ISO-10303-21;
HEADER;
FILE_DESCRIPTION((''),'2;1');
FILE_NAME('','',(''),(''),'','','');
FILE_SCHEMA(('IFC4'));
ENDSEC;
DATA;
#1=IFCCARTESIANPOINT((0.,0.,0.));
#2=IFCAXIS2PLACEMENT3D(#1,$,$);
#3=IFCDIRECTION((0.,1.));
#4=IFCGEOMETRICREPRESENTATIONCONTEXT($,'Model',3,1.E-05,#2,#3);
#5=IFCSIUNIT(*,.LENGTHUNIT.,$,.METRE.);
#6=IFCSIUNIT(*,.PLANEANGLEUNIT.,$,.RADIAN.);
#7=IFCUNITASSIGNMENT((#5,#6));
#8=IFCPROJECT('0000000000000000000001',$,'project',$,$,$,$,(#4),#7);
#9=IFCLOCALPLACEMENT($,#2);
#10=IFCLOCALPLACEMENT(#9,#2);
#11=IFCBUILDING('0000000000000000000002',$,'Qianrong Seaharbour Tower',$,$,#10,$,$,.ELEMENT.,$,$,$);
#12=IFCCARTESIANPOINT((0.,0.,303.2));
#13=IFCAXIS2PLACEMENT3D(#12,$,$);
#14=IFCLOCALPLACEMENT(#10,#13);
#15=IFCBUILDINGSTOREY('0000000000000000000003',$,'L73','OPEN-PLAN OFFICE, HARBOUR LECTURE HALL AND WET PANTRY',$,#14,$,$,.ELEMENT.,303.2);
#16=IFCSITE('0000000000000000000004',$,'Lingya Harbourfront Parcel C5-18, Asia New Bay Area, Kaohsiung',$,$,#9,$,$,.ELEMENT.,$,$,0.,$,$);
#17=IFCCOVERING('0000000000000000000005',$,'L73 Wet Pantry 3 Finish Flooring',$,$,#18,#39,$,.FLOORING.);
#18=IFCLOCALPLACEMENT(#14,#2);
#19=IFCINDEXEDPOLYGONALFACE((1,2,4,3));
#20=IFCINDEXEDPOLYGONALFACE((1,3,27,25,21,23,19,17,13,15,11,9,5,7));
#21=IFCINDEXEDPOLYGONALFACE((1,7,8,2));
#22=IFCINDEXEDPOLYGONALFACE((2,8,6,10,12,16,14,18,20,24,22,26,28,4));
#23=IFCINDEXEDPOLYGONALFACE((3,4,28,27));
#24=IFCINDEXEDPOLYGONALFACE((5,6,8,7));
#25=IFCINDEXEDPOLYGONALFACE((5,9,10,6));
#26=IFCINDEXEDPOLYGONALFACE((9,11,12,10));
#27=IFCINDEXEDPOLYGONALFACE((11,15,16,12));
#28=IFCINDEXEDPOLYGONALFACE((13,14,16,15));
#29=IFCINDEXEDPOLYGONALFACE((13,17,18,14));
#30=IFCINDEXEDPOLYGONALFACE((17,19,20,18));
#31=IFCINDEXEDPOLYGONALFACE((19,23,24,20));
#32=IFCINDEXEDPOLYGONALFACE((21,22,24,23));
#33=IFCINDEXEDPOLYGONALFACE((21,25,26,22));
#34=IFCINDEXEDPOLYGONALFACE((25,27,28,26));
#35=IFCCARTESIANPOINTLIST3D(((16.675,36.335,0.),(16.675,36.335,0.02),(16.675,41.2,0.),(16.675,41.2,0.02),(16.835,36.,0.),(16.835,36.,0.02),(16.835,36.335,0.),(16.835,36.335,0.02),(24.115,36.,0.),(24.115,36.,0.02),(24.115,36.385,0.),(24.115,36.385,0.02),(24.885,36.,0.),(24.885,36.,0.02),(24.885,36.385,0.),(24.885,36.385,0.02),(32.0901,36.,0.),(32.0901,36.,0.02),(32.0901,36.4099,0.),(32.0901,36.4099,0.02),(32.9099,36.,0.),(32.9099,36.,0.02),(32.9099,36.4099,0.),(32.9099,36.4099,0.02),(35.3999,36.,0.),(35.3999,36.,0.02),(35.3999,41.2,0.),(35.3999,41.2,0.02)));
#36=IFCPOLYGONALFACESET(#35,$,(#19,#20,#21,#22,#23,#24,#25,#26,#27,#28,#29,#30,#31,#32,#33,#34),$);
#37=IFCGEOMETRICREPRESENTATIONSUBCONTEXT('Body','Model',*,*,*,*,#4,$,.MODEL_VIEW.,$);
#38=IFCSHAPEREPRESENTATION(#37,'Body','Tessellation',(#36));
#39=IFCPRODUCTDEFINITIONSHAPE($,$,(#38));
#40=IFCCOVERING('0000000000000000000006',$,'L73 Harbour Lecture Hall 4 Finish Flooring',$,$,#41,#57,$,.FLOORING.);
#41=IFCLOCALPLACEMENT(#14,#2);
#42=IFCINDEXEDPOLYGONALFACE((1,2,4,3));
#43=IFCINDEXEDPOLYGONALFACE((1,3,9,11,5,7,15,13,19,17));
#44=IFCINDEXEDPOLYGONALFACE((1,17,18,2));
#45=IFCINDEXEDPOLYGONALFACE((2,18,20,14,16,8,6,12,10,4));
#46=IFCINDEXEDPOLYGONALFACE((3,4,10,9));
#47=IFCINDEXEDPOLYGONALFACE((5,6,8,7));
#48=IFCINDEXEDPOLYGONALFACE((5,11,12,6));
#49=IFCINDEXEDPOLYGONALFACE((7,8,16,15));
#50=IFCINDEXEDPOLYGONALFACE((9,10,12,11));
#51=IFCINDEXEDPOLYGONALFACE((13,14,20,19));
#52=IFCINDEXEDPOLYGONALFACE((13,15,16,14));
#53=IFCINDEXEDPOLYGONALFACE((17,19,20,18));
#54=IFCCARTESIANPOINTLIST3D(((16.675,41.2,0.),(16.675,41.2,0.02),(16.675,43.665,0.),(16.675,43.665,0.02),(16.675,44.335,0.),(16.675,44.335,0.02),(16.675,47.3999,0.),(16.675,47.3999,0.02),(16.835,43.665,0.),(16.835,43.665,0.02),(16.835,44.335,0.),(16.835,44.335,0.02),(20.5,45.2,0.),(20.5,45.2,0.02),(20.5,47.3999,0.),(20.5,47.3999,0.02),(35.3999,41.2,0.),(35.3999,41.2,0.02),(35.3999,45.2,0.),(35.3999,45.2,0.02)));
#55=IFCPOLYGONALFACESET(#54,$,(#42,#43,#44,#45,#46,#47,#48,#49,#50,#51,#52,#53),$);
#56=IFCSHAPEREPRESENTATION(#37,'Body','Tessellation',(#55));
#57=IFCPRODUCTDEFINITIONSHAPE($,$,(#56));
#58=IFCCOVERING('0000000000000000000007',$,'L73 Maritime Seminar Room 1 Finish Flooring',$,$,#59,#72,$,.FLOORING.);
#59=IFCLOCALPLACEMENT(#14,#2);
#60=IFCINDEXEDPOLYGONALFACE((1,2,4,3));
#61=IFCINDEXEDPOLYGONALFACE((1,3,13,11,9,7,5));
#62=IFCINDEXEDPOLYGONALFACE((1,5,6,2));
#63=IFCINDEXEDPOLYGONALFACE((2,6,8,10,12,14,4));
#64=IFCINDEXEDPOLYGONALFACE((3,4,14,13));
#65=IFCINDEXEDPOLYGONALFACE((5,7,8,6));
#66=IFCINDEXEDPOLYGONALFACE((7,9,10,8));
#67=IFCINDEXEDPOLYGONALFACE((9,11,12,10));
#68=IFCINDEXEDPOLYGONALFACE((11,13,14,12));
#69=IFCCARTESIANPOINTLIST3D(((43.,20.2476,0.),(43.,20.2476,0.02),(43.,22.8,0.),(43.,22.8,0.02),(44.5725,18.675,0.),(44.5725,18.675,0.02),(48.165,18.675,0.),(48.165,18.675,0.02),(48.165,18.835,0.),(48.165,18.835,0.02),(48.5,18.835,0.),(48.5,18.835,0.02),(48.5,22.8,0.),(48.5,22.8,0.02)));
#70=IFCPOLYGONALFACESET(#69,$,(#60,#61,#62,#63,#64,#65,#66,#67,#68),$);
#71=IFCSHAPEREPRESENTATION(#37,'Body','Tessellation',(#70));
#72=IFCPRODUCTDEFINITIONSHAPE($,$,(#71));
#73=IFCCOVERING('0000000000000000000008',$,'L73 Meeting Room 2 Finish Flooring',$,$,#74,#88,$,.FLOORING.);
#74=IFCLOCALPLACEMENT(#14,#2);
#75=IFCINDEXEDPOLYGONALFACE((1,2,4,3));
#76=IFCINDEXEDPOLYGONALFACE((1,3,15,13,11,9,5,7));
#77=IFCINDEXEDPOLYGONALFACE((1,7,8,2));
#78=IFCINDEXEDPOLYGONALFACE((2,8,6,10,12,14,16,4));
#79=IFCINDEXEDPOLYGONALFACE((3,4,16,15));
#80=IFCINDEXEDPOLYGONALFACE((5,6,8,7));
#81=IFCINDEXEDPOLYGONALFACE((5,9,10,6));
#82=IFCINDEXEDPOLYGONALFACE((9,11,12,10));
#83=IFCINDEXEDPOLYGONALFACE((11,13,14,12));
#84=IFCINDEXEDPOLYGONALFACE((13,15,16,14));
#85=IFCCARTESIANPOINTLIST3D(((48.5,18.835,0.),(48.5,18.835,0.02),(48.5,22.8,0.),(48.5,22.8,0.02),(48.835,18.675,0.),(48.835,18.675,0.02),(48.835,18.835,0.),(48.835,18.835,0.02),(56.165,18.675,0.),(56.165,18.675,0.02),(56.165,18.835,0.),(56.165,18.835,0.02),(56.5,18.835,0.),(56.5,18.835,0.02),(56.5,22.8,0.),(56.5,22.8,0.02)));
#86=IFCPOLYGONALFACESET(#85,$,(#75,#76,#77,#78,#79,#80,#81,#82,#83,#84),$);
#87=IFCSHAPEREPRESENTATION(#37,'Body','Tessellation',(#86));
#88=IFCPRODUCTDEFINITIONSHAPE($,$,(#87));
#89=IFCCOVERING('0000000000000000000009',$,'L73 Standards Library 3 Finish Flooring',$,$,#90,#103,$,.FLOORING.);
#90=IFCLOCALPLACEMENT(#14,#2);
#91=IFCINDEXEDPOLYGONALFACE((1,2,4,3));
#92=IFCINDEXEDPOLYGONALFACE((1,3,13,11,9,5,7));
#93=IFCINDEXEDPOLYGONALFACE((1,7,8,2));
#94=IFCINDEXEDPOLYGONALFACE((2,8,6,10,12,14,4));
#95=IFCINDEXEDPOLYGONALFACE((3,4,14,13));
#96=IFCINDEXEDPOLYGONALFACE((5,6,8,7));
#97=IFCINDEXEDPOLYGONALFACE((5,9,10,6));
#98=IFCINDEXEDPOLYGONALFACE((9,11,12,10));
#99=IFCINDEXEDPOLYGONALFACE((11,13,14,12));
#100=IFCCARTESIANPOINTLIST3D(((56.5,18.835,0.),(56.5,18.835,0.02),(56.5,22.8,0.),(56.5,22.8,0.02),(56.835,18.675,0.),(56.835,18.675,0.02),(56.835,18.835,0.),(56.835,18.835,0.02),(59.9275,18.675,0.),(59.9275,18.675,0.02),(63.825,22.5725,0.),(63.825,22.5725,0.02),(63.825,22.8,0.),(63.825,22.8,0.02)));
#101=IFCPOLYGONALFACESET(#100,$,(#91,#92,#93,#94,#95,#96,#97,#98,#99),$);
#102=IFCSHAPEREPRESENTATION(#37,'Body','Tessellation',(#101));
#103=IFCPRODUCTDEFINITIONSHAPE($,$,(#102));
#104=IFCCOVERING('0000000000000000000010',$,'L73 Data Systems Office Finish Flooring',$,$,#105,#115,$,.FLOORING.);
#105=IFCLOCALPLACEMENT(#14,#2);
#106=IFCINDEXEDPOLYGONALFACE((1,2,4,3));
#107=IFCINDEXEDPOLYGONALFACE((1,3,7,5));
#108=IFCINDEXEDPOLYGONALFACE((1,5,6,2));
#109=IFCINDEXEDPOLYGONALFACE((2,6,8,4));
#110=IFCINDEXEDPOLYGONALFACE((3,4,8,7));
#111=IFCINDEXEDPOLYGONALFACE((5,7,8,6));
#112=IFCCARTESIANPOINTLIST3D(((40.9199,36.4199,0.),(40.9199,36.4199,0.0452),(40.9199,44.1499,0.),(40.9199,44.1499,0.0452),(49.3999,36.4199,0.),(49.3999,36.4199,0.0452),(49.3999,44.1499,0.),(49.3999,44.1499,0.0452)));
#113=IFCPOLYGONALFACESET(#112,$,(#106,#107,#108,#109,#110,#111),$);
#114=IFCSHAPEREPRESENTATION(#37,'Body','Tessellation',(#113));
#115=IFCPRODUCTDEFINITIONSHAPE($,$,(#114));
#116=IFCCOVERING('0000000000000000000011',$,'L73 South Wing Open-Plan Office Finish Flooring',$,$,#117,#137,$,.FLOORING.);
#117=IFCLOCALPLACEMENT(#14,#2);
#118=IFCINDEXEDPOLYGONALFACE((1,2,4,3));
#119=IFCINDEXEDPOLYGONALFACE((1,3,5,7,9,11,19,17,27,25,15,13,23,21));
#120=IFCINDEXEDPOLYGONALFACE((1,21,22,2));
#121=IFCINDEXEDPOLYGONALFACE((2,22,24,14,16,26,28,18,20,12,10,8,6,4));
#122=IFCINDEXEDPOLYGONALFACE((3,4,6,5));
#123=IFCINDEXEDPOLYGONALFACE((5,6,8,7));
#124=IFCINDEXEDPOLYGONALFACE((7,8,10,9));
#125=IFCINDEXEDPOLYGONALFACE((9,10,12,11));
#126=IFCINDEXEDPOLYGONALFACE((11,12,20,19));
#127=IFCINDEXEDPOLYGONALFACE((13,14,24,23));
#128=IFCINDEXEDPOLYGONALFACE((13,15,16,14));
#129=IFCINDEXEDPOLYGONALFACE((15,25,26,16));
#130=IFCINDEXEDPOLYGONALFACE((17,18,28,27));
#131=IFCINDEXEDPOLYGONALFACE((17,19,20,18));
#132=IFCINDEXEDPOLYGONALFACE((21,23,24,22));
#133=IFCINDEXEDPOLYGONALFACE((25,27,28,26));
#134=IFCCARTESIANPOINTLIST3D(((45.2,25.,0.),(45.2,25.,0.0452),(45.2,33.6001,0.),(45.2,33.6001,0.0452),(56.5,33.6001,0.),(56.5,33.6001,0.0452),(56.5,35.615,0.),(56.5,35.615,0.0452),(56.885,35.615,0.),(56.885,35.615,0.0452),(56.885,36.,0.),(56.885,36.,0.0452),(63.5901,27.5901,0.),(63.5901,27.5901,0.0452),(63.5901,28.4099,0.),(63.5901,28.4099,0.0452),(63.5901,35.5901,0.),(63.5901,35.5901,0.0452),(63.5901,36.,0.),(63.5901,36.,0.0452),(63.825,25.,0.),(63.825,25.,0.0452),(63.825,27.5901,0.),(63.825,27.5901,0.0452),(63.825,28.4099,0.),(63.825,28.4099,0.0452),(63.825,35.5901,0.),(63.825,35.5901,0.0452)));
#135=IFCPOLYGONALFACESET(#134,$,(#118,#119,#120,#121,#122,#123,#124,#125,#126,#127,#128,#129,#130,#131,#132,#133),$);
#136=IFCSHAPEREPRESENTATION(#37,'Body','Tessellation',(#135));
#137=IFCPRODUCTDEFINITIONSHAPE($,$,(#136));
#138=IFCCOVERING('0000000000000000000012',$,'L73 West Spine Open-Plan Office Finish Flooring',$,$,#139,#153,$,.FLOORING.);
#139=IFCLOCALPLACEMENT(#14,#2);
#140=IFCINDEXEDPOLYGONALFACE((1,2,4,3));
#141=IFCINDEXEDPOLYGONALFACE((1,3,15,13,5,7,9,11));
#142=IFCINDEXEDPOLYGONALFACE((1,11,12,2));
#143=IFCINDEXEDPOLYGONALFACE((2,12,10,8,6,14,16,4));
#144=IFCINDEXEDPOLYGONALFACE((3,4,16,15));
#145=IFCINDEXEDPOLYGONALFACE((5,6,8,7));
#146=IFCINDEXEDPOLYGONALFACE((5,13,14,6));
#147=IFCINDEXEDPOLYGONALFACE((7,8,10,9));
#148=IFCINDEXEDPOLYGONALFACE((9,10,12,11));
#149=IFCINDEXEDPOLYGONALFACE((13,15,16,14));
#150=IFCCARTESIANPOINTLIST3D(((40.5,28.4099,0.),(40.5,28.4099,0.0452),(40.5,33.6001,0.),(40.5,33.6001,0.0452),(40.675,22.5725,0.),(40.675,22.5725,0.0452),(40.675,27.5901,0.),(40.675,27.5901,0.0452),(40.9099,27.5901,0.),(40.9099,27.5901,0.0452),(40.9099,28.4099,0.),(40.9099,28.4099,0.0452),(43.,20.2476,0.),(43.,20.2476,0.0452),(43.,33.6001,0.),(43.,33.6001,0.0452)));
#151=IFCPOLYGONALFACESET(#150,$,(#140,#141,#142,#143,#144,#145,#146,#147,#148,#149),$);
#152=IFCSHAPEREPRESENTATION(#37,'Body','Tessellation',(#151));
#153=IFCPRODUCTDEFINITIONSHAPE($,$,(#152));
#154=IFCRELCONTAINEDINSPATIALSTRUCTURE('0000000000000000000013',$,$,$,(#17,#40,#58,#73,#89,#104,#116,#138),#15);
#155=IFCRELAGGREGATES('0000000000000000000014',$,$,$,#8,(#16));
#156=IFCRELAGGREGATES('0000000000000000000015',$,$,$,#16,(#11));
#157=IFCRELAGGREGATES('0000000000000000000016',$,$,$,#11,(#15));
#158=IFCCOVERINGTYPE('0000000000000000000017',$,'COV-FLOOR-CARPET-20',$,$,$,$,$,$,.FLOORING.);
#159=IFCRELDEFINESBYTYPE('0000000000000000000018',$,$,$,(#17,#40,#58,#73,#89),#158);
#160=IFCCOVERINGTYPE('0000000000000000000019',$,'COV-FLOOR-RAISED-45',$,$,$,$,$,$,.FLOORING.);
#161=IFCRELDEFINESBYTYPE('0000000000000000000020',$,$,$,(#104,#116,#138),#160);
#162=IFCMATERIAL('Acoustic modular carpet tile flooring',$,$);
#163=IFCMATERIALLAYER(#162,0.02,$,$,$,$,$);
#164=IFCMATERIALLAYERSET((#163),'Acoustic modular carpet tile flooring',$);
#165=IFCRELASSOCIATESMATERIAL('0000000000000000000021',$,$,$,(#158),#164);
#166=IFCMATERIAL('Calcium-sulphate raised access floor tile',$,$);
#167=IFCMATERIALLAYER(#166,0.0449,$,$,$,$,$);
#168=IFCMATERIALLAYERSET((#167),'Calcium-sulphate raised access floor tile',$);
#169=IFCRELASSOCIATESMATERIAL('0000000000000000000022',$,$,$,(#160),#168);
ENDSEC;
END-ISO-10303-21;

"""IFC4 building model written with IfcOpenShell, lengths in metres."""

from ifc_helpers import new_model, si_unit, direction, frame, origin, place, context, subcontext, project, spatial, polyline, outline, extrude, material, layer, layer_set, type_object, element, save


model = new_model("IFC4")

# Units and contexts
model_context = context("Model", 3, precision=1e-05, world=origin(), true_north=direction((0.0, 1.0)))
body_context = subcontext(model_context, "Body", "Model", "MODEL_VIEW")
ifc_project = project(units=[si_unit("LENGTHUNIT", "METRE"), si_unit("PLANEANGLEUNIT", "RADIAN")], contexts=[model_context])

# Site, building, storey
site_placement = place(None, origin())
site = spatial("IfcSite", under=ifc_project, at=site_placement, Name="Lingya Harbourfront Parcel C5-18, Asia New Bay Area, Kaohsiung", CompositionType="ELEMENT", RefElevation=0.0)
building_placement = place(site_placement, origin())
building = spatial("IfcBuilding", under=site, at=building_placement, Name="Qianrong Seaharbour Tower", CompositionType="ELEMENT")
storey_placement = place(building_placement, frame((0.0, 0.0, 303.2)))
storey = spatial("IfcBuildingStorey", under=building, at=storey_placement, Name="L73", Description="OPEN-PLAN OFFICE, HARBOUR LECTURE HALL AND WET PANTRY", CompositionType="ELEMENT", Elevation=303.2)

# Coverings
ifc_material_1 = material(Name="Acoustic modular carpet tile flooring")
ifc_layer_1 = layer(ifc_material_1, 0.02)
ifc_layer_set_1 = layer_set([ifc_layer_1], Name="Acoustic modular carpet tile flooring")
covering_type_1 = type_object("IfcCoveringType", Name="COV-FLOOR-CARPET-20", PredefinedType="FLOORING", material=ifc_layer_set_1)
covering_1_placement = place(storey_placement, origin())
element("IfcCovering", 1, at=covering_1_placement, inside=storey, type_object=covering_type_1, Name="L73 Wet Pantry 3 Finish Flooring", PredefinedType="FLOORING", context=body_context, shape_type="SweptSolid", body=[
    extrude(outline(polyline([(32.9099, 36.0), (32.9099, 36.4099), (32.0901, 36.4099), (32.0901, 36.0), (24.885, 36.0), (24.885, 36.385), (24.115, 36.385), (24.115, 36.0), (16.835, 36.0), (16.835, 36.335), (16.675, 36.335), (16.675, 41.2), (35.3999, 41.2), (35.3999, 36.0), (32.9099, 36.0)])), origin(), (0.0, 0.0, 1.0), 0.02),
])
covering_2_placement = place(storey_placement, origin())
element("IfcCovering", 2, at=covering_2_placement, inside=storey, type_object=covering_type_1, Name="L73 Harbour Lecture Hall 4 Finish Flooring", PredefinedType="FLOORING", context=body_context, shape_type="SweptSolid", body=[
    extrude(outline(polyline([(16.675, 41.2), (16.675, 43.665), (16.835, 43.665), (16.835, 44.335), (16.675, 44.335), (16.675, 47.3999), (20.5, 47.3999), (20.5, 45.2), (35.3999, 45.2), (35.3999, 41.2), (16.675, 41.2)])), origin(), (0.0, 0.0, 1.0), 0.02),
])
covering_3_placement = place(storey_placement, origin())
element("IfcCovering", 3, at=covering_3_placement, inside=storey, type_object=covering_type_1, Name="L73 Maritime Seminar Room 1 Finish Flooring", PredefinedType="FLOORING", context=body_context, shape_type="SweptSolid", body=[
    extrude(outline(polyline([(48.5, 18.835), (48.165, 18.835), (48.165, 18.675), (44.5725, 18.675), (43.0, 20.2476), (43.0, 22.8), (48.5, 22.8), (48.5, 18.835)])), origin(), (0.0, 0.0, 1.0), 0.02),
])
covering_4_placement = place(storey_placement, origin())
element("IfcCovering", 4, at=covering_4_placement, inside=storey, type_object=covering_type_1, Name="L73 Meeting Room 2 Finish Flooring", PredefinedType="FLOORING", context=body_context, shape_type="SweptSolid", body=[
    extrude(outline(polyline([(56.5, 18.835), (56.165, 18.835), (56.165, 18.675), (48.835, 18.675), (48.835, 18.835), (48.5, 18.835), (48.5, 22.8), (56.5, 22.8), (56.5, 18.835)])), origin(), (0.0, 0.0, 1.0), 0.02),
])
covering_5_placement = place(storey_placement, origin())
element("IfcCovering", 5, at=covering_5_placement, inside=storey, type_object=covering_type_1, Name="L73 Standards Library 3 Finish Flooring", PredefinedType="FLOORING", context=body_context, shape_type="SweptSolid", body=[
    extrude(outline(polyline([(63.825, 22.5725), (59.9275, 18.675), (56.835, 18.675), (56.835, 18.835), (56.5, 18.835), (56.5, 22.8), (63.825, 22.8), (63.825, 22.5725)])), origin(), (0.0, 0.0, 1.0), 0.02),
])
ifc_material_2 = material(Name="Calcium-sulphate raised access floor tile")
ifc_layer_2 = layer(ifc_material_2, 0.0449)
ifc_layer_set_2 = layer_set([ifc_layer_2], Name="Calcium-sulphate raised access floor tile")
covering_type_2 = type_object("IfcCoveringType", Name="COV-FLOOR-RAISED-45", PredefinedType="FLOORING", material=ifc_layer_set_2)
covering_6_placement = place(storey_placement, origin())
element("IfcCovering", 6, at=covering_6_placement, inside=storey, type_object=covering_type_2, Name="L73 Data Systems Office Finish Flooring", PredefinedType="FLOORING", context=body_context, shape_type="SweptSolid", body=[
    extrude(outline(polyline([(49.3999, 44.1499), (49.3999, 36.4199), (40.9199, 36.4199), (40.9199, 44.1499), (49.3999, 44.1499)])), origin(), (0.0, 0.0, 1.0), 0.0452),
])
covering_7_placement = place(storey_placement, origin())
element("IfcCovering", 7, at=covering_7_placement, inside=storey, type_object=covering_type_2, Name="L73 South Wing Open-Plan Office Finish Flooring", PredefinedType="FLOORING", context=body_context, shape_type="SweptSolid", body=[
    extrude(outline(polyline([(56.5, 33.6001), (56.5, 35.615), (56.885, 35.615), (56.885, 36.0), (63.5901, 36.0), (63.5901, 35.5901), (63.825, 35.5901), (63.825, 28.4099), (63.5901, 28.4099), (63.5901, 27.5901), (63.825, 27.5901), (63.825, 25.0), (45.2, 25.0), (45.2, 33.6001), (56.5, 33.6001)])), origin(), (0.0, 0.0, 1.0), 0.0452),
])
covering_8_placement = place(storey_placement, origin())
element("IfcCovering", 8, at=covering_8_placement, inside=storey, type_object=covering_type_2, Name="L73 West Spine Open-Plan Office Finish Flooring", PredefinedType="FLOORING", context=body_context, shape_type="SweptSolid", body=[
    extrude(outline(polyline([(43.0, 20.2476), (40.675, 22.5725), (40.675, 27.5901), (40.9099, 27.5901), (40.9099, 28.4099), (40.5, 28.4099), (40.5, 33.6001), (43.0, 33.6001), (43.0, 20.2476)])), origin(), (0.0, 0.0, 1.0), 0.0452),
])

save(model, "model.ifc")
